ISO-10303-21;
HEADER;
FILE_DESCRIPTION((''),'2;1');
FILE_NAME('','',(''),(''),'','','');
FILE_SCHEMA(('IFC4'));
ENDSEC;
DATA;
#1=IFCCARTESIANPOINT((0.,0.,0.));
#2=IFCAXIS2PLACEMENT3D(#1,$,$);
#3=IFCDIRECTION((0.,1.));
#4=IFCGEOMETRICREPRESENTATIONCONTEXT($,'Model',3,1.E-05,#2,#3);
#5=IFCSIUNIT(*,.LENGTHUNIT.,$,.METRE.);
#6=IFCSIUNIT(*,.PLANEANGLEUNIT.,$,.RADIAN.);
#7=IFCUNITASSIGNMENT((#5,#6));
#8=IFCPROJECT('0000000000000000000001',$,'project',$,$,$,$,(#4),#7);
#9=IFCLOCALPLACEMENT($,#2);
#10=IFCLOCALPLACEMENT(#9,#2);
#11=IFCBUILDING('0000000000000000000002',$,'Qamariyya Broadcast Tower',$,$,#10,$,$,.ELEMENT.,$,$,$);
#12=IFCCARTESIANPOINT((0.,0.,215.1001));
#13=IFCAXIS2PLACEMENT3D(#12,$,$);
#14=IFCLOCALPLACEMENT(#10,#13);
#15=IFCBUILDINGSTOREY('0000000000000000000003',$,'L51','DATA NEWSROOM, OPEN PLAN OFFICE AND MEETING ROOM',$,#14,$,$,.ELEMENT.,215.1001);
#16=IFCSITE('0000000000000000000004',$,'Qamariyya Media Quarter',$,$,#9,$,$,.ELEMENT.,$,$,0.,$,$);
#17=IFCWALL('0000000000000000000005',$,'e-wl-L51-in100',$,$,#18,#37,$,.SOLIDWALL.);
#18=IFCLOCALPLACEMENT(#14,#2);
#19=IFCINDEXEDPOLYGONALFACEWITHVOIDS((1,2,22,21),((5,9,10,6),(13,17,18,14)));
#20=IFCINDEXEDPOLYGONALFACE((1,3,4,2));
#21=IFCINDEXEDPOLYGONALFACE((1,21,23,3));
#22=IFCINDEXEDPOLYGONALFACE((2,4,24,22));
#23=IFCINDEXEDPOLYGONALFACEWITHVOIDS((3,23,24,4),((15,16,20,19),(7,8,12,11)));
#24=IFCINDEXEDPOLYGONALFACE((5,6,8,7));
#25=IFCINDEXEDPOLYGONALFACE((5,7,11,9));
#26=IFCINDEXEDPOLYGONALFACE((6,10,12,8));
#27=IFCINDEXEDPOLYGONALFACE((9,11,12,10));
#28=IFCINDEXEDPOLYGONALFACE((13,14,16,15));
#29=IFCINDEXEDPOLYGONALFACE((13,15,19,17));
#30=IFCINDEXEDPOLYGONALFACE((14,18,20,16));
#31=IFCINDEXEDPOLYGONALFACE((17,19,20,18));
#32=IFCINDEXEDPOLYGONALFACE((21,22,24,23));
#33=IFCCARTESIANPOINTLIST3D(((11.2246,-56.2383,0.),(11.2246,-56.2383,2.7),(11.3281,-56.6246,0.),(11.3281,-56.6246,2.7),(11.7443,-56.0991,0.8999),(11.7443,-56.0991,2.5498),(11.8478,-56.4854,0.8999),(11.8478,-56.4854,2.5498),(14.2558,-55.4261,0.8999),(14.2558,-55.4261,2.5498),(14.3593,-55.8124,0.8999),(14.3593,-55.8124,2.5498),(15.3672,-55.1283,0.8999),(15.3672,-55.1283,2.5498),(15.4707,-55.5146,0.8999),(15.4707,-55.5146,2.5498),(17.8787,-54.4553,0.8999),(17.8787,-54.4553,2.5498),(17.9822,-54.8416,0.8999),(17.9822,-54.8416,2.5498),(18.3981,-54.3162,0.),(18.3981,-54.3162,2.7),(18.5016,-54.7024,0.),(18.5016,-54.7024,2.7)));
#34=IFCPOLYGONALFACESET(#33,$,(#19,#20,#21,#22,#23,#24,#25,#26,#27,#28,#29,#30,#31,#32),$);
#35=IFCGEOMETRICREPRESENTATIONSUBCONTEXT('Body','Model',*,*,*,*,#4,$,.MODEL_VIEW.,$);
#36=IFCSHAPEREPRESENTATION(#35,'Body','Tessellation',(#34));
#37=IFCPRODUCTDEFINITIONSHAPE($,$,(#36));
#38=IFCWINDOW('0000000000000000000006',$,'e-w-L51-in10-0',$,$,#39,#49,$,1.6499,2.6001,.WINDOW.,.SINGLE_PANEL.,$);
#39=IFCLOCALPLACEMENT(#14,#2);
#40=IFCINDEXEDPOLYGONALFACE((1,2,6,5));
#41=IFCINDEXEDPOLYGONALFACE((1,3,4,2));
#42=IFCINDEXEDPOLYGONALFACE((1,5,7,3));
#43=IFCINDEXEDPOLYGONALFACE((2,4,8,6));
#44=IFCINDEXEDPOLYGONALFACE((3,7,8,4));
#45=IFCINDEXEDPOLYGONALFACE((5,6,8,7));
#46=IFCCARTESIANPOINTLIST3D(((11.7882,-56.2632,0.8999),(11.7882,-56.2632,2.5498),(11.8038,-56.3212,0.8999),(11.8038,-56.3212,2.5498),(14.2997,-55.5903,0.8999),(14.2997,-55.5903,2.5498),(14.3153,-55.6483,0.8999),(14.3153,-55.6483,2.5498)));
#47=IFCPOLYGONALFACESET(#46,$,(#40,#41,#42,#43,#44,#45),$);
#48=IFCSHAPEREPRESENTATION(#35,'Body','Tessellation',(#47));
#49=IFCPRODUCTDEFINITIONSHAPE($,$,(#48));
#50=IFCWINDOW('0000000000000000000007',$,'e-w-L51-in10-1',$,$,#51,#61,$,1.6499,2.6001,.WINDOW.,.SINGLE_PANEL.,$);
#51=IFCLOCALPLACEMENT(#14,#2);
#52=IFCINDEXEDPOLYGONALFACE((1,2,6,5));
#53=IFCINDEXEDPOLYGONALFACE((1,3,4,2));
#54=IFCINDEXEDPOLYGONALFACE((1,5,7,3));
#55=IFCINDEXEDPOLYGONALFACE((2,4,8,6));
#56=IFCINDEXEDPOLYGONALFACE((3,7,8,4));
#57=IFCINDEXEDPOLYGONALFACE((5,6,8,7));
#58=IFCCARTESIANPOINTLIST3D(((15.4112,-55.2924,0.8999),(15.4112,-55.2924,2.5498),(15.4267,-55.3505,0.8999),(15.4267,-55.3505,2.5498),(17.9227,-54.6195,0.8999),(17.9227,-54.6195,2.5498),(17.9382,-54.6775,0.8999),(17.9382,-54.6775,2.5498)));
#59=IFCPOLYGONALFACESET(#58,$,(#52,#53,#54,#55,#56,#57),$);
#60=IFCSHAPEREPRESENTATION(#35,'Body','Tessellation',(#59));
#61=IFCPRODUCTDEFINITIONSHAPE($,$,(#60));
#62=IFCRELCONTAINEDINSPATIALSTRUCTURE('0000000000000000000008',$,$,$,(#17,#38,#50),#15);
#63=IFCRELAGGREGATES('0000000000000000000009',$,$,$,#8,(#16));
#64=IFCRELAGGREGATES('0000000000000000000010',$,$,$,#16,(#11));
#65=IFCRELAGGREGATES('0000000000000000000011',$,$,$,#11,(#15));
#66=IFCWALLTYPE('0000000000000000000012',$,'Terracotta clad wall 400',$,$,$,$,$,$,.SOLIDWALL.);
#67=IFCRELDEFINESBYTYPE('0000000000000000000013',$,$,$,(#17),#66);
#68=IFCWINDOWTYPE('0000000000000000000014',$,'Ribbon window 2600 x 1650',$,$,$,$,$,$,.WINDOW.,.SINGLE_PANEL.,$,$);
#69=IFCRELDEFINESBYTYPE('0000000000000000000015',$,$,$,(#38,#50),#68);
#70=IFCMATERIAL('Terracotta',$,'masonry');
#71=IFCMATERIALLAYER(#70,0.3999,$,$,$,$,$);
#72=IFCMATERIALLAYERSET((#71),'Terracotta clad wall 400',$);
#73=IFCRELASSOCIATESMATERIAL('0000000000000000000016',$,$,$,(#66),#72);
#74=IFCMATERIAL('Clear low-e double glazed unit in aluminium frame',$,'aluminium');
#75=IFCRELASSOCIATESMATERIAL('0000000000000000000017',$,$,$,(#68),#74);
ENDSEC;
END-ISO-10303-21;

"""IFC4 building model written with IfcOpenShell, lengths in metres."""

from ifc_helpers import new_model, si_unit, direction, frame, frame_2d, origin, place, context, subcontext, project, spatial, rectangle, extrude, material, layer, layer_set, type_object, element, fill, save


model = new_model("IFC4")

# Units and contexts
model_context = context("Model", 3, precision=1e-05, world=origin(), true_north=direction((0.0, 1.0)))
body_context = subcontext(model_context, "Body", "Model", "MODEL_VIEW")
ifc_project = project(units=[si_unit("LENGTHUNIT", "METRE"), si_unit("PLANEANGLEUNIT", "RADIAN")], contexts=[model_context])

# Site, building, storey
site_placement = place(None, origin())
site = spatial("IfcSite", under=ifc_project, at=site_placement, Name="Qamariyya Media Quarter", CompositionType="ELEMENT", RefElevation=0.0)
building_placement = place(site_placement, origin())
building = spatial("IfcBuilding", under=site, at=building_placement, Name="Qamariyya Broadcast Tower", CompositionType="ELEMENT")
storey_placement = place(building_placement, frame((0.0, 0.0, 215.1001)))
storey = spatial("IfcBuildingStorey", under=building, at=storey_placement, Name="L51", Description="DATA NEWSROOM, OPEN PLAN OFFICE AND MEETING ROOM", CompositionType="ELEMENT", Elevation=215.1001)

# Wall, openings, windows
ifc_material_1 = material(Name="Terracotta", Category="masonry")
ifc_layer_1 = layer(ifc_material_1, 0.3999)
ifc_layer_set_1 = layer_set([ifc_layer_1], Name="Terracotta clad wall 400")
wall_type_1 = type_object("IfcWallType", Name="Terracotta clad wall 400", PredefinedType="SOLIDWALL", material=ifc_layer_set_1)
wall_1_placement = place(storey_placement, frame((18.45, -54.5093, 0.0), z_axis=(0.0, 0.0, 1.0), x_axis=(-0.965925, -0.258823, 0.0)))
wall_1 = element("IfcWall", 1, at=wall_1_placement, inside=storey, type_object=wall_type_1, Name="e-wl-L51-in100", PredefinedType="SOLIDWALL", context=body_context, shape_type="SweptSolid", body=[
    extrude(rectangle(XDim=7.4265, YDim=0.3999, at=frame_2d((3.7134, 0.0))), origin(), (0.0, 0.0, 1.0), 2.7),
])
opening_1_placement = place(wall_1_placement, frame((4.2886, 0.0, 0.8999)))
opening_1 = element("IfcOpeningElement", 2, at=opening_1_placement, cuts=wall_1, PredefinedType="OPENING", context=body_context, shape_type="SweptSolid", body=[
    extrude(rectangle(XDim=2.6001, YDim=1.6499, at=frame_2d((1.3, 0.825))), frame((0.0, 0.21, 0.0), z_axis=(0.0, -1.0, 0.0), x_axis=(1.0, 0.0, 0.0)), (0.0, 0.0, 1.0), 0.4199),
])
opening_2_placement = place(wall_1_placement, frame((0.5378, 0.0, 0.8999)))
opening_2 = element("IfcOpeningElement", 3, at=opening_2_placement, cuts=wall_1, PredefinedType="OPENING", context=body_context, shape_type="SweptSolid", body=[
    extrude(rectangle(XDim=2.6001, YDim=1.6499, at=frame_2d((1.3, 0.825))), frame((0.0, 0.21, 0.0), z_axis=(0.0, -1.0, 0.0), x_axis=(1.0, 0.0, 0.0)), (0.0, 0.0, 1.0), 0.4199),
])
ifc_material_2 = material(Name="Clear low-e double glazed unit in aluminium frame", Category="aluminium")
window_type = type_object("IfcWindowType", Name="Ribbon window 2600 x 1650", PartitioningType="SINGLE_PANEL", PredefinedType="WINDOW", material=ifc_material_2)
window_1_placement = place(opening_1_placement, origin())
window_1 = element("IfcWindow", 4, at=window_1_placement, inside=storey, type_object=window_type, Name="e-w-L51-in10-0", OverallHeight=1.6499, OverallWidth=2.6001, PartitioningType="SINGLE_PANEL", PredefinedType="WINDOW", context=body_context, shape_type="SweptSolid", body=[
    extrude(rectangle(XDim=2.6001, YDim=1.6499, at=frame_2d((1.3, 0.825))), frame((0.0, 0.03, 0.0), z_axis=(0.0, -1.0, 0.0), x_axis=(1.0, 0.0, 0.0)), (0.0, 0.0, 1.0), 0.0601),
])
fill(opening_1, window_1)
window_2_placement = place(opening_2_placement, origin())
window_2 = element("IfcWindow", 5, at=window_2_placement, inside=storey, type_object=window_type, Name="e-w-L51-in10-1", OverallHeight=1.6499, OverallWidth=2.6001, PartitioningType="SINGLE_PANEL", PredefinedType="WINDOW", context=body_context, shape_type="SweptSolid", body=[
    extrude(rectangle(XDim=2.6001, YDim=1.6499, at=frame_2d((1.3, 0.825))), frame((0.0, 0.03, 0.0), z_axis=(0.0, -1.0, 0.0), x_axis=(1.0, 0.0, 0.0)), (0.0, 0.0, 1.0), 0.0601),
])
fill(opening_2, window_2)

save(model, "model.ifc")
